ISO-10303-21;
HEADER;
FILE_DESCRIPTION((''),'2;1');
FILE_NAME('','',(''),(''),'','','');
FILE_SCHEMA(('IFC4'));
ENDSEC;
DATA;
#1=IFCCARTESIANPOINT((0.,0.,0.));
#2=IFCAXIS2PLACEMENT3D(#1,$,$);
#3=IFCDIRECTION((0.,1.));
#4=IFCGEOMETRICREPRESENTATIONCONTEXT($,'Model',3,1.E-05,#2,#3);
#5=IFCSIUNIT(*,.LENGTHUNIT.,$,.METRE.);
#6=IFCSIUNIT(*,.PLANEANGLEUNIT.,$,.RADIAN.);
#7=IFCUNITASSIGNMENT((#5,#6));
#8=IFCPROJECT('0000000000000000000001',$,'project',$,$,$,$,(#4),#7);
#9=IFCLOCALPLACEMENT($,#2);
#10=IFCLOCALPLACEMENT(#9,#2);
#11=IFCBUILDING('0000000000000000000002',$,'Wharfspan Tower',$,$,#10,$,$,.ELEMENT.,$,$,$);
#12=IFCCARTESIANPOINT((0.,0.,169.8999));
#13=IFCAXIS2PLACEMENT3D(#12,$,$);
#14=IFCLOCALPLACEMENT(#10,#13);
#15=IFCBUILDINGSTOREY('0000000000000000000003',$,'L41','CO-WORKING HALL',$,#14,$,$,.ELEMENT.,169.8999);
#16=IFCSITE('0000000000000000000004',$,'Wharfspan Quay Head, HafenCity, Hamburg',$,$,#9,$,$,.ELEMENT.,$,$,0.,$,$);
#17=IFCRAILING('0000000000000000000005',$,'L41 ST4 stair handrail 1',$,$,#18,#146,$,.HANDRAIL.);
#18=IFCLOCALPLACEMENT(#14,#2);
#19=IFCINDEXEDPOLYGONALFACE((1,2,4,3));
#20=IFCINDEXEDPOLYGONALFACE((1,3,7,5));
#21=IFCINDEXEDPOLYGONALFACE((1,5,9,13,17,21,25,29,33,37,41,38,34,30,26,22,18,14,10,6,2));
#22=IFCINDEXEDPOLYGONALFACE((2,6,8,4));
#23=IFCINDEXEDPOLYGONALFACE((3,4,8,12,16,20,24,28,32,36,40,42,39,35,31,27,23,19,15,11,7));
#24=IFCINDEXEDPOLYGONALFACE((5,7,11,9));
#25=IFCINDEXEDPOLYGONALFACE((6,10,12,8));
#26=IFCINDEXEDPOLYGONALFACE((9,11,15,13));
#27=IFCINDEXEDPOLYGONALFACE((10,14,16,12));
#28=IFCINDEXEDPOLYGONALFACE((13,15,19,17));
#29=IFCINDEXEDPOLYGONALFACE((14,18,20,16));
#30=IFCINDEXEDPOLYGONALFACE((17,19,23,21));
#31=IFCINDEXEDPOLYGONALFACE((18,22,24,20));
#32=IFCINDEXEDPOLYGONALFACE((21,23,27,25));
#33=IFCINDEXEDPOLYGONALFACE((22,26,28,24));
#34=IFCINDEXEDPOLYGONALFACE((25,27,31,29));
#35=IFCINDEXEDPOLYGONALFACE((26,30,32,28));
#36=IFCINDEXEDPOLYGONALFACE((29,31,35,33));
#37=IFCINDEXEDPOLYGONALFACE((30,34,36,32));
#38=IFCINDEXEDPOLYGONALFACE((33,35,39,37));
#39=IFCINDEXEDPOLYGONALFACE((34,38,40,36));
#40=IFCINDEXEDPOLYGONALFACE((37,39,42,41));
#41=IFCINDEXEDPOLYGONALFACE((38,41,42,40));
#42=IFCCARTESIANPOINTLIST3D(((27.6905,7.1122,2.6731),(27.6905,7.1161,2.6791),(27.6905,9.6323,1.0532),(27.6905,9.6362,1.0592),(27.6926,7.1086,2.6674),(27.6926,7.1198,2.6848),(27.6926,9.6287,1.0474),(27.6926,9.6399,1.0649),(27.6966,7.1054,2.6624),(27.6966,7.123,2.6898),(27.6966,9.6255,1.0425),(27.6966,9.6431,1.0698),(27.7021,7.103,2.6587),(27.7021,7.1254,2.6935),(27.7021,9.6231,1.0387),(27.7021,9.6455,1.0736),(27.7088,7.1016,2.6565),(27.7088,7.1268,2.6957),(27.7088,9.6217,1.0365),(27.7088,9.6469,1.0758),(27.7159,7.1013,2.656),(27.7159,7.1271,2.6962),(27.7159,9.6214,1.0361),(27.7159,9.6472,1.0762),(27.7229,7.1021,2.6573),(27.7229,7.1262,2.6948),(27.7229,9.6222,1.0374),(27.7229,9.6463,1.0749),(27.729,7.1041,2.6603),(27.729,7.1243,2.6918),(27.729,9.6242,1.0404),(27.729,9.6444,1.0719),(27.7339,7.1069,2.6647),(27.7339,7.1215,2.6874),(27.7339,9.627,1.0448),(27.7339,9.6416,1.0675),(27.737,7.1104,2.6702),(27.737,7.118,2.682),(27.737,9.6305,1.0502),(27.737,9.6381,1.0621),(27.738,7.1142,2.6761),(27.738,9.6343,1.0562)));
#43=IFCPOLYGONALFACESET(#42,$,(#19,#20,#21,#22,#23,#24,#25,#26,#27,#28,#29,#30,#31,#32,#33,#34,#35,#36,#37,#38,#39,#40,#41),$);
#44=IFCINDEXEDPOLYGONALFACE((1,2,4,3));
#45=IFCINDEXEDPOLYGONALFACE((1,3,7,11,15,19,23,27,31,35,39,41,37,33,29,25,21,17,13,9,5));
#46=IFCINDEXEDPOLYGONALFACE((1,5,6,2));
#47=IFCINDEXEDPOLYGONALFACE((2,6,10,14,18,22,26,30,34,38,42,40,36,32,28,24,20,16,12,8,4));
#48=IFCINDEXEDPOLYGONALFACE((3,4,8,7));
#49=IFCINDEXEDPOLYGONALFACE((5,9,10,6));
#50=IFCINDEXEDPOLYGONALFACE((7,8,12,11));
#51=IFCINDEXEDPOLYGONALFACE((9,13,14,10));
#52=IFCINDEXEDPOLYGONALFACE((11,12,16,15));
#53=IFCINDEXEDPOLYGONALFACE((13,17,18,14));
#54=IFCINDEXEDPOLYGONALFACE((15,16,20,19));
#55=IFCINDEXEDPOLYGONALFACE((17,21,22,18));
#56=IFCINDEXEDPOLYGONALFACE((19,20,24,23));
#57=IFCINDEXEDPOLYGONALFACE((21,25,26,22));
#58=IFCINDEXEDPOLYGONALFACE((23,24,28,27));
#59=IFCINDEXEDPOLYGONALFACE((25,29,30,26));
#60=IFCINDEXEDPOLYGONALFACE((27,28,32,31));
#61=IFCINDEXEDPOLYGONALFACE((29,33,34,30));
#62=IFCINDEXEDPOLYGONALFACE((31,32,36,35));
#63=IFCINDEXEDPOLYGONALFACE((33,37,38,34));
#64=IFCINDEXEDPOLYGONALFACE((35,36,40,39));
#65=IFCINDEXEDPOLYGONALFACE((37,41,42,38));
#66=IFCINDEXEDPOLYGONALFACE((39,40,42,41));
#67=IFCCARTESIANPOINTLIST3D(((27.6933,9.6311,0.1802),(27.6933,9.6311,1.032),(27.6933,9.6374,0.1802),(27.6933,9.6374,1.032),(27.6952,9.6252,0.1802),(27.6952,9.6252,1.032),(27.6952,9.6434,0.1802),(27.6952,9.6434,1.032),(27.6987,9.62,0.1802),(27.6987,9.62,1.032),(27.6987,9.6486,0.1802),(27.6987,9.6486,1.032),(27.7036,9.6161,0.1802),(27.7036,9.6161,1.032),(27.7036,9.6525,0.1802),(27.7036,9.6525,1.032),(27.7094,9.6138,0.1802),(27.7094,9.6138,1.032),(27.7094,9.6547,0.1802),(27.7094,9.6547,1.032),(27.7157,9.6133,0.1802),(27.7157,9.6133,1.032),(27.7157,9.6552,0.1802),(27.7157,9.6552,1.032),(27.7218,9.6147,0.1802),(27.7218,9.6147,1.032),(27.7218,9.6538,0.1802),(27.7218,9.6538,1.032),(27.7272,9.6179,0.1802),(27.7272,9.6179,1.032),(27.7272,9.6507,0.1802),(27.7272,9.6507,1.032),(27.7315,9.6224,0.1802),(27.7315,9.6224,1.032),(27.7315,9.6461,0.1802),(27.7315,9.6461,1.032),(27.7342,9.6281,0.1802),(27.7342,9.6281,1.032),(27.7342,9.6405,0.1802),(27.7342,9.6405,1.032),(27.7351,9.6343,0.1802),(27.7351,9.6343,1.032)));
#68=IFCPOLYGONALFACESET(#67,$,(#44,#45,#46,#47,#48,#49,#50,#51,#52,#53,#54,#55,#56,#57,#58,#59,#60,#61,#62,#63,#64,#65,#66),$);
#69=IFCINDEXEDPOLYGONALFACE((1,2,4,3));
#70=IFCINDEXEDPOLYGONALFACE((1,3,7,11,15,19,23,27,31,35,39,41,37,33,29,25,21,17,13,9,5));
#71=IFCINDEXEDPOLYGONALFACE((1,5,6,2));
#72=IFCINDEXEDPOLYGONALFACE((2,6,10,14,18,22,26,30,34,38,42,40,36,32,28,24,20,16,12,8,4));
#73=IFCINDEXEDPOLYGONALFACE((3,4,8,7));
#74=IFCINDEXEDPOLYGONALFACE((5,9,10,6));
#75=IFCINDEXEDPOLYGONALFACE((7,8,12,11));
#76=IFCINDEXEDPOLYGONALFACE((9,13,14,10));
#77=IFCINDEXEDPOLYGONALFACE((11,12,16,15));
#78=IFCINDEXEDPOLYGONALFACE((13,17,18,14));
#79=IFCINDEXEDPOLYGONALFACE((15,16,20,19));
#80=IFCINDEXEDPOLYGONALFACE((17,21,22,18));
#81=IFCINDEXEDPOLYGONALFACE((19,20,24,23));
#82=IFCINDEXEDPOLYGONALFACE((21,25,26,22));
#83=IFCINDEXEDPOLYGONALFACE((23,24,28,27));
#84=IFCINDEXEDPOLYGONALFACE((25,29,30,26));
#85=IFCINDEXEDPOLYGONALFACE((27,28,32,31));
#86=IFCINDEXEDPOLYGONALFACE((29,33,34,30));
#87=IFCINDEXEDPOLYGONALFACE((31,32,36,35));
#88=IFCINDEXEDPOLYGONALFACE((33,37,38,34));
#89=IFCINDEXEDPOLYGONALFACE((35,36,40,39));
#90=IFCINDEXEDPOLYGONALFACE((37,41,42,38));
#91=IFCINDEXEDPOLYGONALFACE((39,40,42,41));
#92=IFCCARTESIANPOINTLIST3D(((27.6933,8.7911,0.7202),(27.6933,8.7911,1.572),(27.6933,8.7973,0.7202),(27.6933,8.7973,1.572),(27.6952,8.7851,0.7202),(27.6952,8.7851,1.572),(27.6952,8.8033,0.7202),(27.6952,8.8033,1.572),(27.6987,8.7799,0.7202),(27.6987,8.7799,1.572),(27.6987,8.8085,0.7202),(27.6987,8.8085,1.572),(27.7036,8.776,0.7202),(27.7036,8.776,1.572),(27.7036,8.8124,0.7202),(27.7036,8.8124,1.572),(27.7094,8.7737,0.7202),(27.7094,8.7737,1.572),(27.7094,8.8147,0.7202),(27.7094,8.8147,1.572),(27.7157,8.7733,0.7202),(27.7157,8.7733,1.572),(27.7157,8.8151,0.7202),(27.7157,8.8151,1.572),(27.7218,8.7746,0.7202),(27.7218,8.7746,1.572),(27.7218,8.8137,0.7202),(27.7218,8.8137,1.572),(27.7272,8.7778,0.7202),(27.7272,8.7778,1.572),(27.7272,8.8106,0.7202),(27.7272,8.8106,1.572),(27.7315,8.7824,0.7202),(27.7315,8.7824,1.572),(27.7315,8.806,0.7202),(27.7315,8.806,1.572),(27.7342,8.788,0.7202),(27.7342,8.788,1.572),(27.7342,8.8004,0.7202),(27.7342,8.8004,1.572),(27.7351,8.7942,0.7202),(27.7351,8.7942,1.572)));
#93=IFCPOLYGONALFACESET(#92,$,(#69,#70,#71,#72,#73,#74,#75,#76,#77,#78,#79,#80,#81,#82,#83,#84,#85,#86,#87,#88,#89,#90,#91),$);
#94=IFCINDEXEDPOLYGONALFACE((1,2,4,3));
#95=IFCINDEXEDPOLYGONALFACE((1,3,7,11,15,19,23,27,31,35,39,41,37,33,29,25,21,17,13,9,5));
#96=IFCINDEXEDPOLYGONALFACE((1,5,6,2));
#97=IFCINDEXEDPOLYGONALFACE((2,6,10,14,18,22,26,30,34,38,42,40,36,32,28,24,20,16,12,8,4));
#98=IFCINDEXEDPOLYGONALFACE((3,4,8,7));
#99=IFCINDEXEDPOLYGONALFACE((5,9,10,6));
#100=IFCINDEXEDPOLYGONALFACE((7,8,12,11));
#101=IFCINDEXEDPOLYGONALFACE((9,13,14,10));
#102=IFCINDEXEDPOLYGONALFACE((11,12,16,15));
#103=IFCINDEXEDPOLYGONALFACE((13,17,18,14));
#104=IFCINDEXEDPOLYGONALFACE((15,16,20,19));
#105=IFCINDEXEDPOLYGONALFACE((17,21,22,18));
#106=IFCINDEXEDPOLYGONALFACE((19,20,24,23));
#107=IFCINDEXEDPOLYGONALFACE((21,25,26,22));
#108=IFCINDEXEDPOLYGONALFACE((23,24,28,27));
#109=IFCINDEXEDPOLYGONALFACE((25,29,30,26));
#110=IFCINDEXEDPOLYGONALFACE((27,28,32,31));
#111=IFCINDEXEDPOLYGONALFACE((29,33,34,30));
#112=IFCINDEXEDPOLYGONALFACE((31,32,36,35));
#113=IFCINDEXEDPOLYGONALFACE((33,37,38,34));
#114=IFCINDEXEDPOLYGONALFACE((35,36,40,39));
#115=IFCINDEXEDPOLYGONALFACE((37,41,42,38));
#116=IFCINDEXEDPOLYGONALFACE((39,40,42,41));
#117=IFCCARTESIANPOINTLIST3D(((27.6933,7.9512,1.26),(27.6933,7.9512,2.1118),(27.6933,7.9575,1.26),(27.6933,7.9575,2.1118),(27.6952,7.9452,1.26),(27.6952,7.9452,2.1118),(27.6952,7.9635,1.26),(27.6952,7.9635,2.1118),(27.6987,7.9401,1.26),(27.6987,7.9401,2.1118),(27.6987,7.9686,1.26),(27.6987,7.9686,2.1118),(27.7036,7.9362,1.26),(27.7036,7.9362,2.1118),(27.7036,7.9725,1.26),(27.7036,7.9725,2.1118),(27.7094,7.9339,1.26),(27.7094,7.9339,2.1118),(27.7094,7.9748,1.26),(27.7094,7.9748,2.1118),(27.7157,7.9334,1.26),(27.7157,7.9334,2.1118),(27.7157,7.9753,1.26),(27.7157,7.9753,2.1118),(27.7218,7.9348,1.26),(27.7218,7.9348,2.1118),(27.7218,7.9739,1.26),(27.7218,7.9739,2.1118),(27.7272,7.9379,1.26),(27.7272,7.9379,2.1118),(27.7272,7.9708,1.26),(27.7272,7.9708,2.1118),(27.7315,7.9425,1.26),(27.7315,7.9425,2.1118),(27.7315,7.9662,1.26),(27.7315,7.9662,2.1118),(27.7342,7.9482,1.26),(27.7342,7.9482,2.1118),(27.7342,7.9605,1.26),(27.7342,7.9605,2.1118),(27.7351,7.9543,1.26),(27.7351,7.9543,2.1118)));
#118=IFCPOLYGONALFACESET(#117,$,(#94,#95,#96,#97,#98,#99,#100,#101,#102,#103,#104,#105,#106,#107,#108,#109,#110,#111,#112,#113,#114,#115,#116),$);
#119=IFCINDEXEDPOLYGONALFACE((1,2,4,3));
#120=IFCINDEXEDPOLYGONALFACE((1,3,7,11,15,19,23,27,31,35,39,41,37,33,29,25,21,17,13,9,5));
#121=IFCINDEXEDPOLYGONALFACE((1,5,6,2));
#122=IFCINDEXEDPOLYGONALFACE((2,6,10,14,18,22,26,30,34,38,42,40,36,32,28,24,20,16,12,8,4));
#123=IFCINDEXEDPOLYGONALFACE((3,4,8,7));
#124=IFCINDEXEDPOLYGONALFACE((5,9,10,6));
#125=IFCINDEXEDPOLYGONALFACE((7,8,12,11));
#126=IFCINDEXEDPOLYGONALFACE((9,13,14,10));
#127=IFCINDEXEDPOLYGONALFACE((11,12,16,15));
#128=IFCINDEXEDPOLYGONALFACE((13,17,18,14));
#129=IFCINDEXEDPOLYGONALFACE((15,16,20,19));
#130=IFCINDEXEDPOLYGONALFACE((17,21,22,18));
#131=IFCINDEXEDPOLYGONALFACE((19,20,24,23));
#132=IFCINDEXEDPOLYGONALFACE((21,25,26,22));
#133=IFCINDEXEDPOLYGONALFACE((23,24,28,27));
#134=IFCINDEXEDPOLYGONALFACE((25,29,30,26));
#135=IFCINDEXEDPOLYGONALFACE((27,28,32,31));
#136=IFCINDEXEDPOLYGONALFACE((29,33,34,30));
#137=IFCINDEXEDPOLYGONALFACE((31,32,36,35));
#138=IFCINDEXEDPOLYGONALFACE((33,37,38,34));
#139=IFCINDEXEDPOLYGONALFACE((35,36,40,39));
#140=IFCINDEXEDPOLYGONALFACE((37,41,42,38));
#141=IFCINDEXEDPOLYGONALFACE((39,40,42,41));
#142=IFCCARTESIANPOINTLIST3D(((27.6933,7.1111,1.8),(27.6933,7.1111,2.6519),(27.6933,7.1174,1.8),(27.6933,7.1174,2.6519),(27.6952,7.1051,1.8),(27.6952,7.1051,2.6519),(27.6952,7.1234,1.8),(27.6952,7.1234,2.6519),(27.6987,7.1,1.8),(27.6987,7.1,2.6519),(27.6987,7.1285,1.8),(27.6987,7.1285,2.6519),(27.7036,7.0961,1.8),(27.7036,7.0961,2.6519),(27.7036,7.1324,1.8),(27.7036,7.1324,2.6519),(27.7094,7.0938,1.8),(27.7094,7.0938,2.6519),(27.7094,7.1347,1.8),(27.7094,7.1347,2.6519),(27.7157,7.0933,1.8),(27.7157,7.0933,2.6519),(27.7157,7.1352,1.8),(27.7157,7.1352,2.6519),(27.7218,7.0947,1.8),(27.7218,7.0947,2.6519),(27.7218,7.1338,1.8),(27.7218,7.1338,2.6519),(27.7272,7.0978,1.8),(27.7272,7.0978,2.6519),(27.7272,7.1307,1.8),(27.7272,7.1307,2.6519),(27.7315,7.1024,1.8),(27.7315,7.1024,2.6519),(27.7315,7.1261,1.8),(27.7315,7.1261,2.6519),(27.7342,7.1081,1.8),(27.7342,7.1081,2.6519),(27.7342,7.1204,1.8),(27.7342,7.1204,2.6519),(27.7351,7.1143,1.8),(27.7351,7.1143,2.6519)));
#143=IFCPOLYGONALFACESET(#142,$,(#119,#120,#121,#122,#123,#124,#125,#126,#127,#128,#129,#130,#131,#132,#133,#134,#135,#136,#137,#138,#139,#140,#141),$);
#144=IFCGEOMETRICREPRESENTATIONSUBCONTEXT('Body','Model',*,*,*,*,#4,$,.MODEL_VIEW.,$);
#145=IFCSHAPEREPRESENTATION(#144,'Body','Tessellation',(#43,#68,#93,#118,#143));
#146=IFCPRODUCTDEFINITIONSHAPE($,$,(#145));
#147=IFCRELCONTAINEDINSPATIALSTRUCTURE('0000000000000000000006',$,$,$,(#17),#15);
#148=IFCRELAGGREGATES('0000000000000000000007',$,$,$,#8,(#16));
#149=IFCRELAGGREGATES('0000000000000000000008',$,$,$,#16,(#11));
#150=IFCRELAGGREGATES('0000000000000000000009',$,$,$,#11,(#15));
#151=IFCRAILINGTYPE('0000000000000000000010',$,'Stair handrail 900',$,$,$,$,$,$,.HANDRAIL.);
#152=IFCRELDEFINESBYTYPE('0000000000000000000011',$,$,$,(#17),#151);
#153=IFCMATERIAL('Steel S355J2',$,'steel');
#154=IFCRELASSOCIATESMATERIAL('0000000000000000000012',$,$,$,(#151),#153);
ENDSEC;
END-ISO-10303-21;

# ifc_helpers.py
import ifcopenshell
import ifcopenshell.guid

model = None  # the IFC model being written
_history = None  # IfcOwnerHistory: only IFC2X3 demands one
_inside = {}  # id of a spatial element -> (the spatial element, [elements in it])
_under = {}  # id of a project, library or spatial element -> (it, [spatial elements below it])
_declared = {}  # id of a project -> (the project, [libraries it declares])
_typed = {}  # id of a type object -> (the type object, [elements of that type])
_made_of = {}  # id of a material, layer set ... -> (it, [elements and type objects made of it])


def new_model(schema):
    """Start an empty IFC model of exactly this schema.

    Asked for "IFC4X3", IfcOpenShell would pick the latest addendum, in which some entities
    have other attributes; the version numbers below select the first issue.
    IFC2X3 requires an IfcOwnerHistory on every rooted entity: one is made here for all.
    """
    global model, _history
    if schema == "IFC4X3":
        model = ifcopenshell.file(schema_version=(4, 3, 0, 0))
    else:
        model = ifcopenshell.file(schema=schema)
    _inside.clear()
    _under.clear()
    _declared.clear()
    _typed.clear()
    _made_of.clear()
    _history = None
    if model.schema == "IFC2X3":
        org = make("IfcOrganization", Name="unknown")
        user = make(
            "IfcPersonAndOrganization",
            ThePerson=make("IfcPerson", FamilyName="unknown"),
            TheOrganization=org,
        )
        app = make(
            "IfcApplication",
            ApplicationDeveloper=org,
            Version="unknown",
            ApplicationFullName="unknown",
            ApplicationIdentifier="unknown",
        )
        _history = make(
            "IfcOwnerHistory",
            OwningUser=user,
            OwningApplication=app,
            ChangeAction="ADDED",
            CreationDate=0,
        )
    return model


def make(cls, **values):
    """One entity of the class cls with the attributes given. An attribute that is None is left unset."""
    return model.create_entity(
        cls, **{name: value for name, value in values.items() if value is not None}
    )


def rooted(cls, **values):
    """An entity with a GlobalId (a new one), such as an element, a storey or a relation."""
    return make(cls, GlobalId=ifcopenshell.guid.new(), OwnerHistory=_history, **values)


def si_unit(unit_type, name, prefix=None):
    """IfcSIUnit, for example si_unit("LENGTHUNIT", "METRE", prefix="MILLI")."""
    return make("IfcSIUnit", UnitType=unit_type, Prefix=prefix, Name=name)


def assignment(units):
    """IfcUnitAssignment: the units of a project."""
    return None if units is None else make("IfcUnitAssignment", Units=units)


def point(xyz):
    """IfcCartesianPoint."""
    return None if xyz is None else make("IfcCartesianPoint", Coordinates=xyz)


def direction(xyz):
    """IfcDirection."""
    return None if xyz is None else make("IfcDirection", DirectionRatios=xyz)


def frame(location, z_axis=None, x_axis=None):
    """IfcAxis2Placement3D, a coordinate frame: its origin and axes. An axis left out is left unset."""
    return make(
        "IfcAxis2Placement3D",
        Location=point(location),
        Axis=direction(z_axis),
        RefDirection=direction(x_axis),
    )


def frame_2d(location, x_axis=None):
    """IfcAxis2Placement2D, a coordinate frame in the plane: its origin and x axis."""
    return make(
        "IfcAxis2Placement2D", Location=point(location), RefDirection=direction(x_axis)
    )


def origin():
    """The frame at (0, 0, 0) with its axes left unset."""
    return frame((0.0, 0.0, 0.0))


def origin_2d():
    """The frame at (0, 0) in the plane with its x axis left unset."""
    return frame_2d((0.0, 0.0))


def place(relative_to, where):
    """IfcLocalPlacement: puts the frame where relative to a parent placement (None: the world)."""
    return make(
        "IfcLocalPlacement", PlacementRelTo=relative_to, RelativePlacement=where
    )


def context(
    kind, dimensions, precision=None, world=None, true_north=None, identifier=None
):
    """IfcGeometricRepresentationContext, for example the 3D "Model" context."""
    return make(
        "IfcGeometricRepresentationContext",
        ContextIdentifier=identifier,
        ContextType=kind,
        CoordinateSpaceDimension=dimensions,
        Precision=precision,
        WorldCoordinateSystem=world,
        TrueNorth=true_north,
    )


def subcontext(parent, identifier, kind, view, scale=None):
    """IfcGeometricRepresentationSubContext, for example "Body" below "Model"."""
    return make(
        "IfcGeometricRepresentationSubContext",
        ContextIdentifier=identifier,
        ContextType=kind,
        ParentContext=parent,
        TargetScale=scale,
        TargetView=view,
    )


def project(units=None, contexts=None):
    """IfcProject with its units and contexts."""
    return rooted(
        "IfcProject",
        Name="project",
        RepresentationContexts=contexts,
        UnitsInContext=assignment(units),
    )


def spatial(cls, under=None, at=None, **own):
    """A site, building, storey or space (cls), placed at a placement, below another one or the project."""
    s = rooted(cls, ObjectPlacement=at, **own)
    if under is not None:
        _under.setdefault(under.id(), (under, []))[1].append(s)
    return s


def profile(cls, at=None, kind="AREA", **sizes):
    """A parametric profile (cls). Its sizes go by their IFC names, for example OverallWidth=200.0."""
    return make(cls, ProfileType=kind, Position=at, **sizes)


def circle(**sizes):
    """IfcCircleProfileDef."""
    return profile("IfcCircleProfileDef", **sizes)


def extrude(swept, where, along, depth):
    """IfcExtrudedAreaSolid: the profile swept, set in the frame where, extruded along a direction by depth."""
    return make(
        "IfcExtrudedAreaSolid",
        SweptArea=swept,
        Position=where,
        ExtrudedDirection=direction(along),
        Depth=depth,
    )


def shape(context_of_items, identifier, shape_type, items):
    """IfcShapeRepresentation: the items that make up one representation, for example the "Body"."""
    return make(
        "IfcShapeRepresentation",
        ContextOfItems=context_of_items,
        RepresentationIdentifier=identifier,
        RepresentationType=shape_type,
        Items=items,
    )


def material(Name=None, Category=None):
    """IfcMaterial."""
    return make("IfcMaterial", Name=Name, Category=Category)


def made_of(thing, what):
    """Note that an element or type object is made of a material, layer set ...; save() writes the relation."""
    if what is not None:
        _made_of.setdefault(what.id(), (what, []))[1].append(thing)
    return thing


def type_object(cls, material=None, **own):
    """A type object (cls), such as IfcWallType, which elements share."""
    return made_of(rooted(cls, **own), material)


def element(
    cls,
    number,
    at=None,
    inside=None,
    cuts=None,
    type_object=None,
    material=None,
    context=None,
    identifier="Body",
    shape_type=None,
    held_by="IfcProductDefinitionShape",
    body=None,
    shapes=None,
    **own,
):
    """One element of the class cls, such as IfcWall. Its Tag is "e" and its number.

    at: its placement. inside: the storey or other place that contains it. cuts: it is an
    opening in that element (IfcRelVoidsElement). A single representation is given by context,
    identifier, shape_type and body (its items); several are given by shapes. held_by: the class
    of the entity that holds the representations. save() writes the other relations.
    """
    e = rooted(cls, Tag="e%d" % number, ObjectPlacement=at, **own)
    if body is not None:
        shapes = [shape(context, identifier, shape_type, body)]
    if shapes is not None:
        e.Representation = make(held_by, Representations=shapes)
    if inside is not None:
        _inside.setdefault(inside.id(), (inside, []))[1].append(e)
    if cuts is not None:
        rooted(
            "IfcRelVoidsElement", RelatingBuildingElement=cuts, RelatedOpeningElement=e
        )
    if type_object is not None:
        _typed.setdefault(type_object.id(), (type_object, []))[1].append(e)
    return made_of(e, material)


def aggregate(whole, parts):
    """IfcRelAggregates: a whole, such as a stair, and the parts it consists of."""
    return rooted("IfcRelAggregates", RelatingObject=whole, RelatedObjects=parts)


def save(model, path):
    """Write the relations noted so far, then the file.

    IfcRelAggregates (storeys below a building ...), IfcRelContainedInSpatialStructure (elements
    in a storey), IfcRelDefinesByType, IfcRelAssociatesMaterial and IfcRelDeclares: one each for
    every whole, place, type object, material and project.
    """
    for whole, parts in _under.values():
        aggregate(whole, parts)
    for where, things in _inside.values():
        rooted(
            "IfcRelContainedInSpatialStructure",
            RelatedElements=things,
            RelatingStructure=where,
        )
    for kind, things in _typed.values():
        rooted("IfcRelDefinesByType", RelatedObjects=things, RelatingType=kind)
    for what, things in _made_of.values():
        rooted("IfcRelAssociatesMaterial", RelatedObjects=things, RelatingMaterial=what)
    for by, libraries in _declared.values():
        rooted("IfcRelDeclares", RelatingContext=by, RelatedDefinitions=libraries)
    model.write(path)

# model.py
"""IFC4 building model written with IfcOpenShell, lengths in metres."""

from ifc_helpers import new_model, si_unit, direction, frame, origin, origin_2d, place, context, subcontext, project, spatial, circle, extrude, material, type_object, element, save


model = new_model("IFC4")

# Units and contexts
model_context = context("Model", 3, precision=1e-05, world=origin(), true_north=direction((0.0, 1.0)))
body_context = subcontext(model_context, "Body", "Model", "MODEL_VIEW")
ifc_project = project(units=[si_unit("LENGTHUNIT", "METRE"), si_unit("PLANEANGLEUNIT", "RADIAN")], contexts=[model_context])

# Site, building, storey
site_placement = place(None, origin())
site = spatial("IfcSite", under=ifc_project, at=site_placement, Name="Wharfspan Quay Head, HafenCity, Hamburg", CompositionType="ELEMENT", RefElevation=0.0)
building_placement = place(site_placement, origin())
building = spatial("IfcBuilding", under=site, at=building_placement, Name="Wharfspan Tower", CompositionType="ELEMENT")
storey_placement = place(building_placement, frame((0.0, 0.0, 169.8999)))
storey = spatial("IfcBuildingStorey", under=building, at=storey_placement, Name="L41", Description="CO-WORKING HALL", CompositionType="ELEMENT", Elevation=169.8999)

# Shared definitions
ifc_material_1 = material(Name="Steel S355J2", Category="steel")

# Railing
railing_type = type_object("IfcRailingType", Name="Stair handrail 900", PredefinedType="HANDRAIL", material=ifc_material_1)
railing_placement = place(storey_placement, frame((27.7141, 9.6343, 0.1802)))
element("IfcRailing", 1, at=railing_placement, inside=storey, type_object=railing_type, Name="L41 ST4 stair handrail 1", PredefinedType="HANDRAIL", context=body_context, shape_type="SweptSolid", body=[
    extrude(circle(Radius=0.0239, at=origin_2d()), frame((0.0, 0.0, 0.876), z_axis=(0.0, -0.8412, 0.540725), x_axis=(1.0, 0.0, 0.0)), (0.0, 0.0, 1.0), 2.9958),
    extrude(circle(Radius=0.021, at=origin_2d()), origin(), (0.0, 0.0, 1.0), 0.8518),
    extrude(circle(Radius=0.021, at=origin_2d()), frame((0.0, -0.8401, 0.54)), (0.0, 0.0, 1.0), 0.8518),
    extrude(circle(Radius=0.021, at=origin_2d()), frame((0.0, -1.6799, 1.0798)), (0.0, 0.0, 1.0), 0.8518),
    extrude(circle(Radius=0.021, at=origin_2d()), frame((0.0, -2.52, 1.6199)), (0.0, 0.0, 1.0), 0.8518),
])

save(model, "model.ifc")
